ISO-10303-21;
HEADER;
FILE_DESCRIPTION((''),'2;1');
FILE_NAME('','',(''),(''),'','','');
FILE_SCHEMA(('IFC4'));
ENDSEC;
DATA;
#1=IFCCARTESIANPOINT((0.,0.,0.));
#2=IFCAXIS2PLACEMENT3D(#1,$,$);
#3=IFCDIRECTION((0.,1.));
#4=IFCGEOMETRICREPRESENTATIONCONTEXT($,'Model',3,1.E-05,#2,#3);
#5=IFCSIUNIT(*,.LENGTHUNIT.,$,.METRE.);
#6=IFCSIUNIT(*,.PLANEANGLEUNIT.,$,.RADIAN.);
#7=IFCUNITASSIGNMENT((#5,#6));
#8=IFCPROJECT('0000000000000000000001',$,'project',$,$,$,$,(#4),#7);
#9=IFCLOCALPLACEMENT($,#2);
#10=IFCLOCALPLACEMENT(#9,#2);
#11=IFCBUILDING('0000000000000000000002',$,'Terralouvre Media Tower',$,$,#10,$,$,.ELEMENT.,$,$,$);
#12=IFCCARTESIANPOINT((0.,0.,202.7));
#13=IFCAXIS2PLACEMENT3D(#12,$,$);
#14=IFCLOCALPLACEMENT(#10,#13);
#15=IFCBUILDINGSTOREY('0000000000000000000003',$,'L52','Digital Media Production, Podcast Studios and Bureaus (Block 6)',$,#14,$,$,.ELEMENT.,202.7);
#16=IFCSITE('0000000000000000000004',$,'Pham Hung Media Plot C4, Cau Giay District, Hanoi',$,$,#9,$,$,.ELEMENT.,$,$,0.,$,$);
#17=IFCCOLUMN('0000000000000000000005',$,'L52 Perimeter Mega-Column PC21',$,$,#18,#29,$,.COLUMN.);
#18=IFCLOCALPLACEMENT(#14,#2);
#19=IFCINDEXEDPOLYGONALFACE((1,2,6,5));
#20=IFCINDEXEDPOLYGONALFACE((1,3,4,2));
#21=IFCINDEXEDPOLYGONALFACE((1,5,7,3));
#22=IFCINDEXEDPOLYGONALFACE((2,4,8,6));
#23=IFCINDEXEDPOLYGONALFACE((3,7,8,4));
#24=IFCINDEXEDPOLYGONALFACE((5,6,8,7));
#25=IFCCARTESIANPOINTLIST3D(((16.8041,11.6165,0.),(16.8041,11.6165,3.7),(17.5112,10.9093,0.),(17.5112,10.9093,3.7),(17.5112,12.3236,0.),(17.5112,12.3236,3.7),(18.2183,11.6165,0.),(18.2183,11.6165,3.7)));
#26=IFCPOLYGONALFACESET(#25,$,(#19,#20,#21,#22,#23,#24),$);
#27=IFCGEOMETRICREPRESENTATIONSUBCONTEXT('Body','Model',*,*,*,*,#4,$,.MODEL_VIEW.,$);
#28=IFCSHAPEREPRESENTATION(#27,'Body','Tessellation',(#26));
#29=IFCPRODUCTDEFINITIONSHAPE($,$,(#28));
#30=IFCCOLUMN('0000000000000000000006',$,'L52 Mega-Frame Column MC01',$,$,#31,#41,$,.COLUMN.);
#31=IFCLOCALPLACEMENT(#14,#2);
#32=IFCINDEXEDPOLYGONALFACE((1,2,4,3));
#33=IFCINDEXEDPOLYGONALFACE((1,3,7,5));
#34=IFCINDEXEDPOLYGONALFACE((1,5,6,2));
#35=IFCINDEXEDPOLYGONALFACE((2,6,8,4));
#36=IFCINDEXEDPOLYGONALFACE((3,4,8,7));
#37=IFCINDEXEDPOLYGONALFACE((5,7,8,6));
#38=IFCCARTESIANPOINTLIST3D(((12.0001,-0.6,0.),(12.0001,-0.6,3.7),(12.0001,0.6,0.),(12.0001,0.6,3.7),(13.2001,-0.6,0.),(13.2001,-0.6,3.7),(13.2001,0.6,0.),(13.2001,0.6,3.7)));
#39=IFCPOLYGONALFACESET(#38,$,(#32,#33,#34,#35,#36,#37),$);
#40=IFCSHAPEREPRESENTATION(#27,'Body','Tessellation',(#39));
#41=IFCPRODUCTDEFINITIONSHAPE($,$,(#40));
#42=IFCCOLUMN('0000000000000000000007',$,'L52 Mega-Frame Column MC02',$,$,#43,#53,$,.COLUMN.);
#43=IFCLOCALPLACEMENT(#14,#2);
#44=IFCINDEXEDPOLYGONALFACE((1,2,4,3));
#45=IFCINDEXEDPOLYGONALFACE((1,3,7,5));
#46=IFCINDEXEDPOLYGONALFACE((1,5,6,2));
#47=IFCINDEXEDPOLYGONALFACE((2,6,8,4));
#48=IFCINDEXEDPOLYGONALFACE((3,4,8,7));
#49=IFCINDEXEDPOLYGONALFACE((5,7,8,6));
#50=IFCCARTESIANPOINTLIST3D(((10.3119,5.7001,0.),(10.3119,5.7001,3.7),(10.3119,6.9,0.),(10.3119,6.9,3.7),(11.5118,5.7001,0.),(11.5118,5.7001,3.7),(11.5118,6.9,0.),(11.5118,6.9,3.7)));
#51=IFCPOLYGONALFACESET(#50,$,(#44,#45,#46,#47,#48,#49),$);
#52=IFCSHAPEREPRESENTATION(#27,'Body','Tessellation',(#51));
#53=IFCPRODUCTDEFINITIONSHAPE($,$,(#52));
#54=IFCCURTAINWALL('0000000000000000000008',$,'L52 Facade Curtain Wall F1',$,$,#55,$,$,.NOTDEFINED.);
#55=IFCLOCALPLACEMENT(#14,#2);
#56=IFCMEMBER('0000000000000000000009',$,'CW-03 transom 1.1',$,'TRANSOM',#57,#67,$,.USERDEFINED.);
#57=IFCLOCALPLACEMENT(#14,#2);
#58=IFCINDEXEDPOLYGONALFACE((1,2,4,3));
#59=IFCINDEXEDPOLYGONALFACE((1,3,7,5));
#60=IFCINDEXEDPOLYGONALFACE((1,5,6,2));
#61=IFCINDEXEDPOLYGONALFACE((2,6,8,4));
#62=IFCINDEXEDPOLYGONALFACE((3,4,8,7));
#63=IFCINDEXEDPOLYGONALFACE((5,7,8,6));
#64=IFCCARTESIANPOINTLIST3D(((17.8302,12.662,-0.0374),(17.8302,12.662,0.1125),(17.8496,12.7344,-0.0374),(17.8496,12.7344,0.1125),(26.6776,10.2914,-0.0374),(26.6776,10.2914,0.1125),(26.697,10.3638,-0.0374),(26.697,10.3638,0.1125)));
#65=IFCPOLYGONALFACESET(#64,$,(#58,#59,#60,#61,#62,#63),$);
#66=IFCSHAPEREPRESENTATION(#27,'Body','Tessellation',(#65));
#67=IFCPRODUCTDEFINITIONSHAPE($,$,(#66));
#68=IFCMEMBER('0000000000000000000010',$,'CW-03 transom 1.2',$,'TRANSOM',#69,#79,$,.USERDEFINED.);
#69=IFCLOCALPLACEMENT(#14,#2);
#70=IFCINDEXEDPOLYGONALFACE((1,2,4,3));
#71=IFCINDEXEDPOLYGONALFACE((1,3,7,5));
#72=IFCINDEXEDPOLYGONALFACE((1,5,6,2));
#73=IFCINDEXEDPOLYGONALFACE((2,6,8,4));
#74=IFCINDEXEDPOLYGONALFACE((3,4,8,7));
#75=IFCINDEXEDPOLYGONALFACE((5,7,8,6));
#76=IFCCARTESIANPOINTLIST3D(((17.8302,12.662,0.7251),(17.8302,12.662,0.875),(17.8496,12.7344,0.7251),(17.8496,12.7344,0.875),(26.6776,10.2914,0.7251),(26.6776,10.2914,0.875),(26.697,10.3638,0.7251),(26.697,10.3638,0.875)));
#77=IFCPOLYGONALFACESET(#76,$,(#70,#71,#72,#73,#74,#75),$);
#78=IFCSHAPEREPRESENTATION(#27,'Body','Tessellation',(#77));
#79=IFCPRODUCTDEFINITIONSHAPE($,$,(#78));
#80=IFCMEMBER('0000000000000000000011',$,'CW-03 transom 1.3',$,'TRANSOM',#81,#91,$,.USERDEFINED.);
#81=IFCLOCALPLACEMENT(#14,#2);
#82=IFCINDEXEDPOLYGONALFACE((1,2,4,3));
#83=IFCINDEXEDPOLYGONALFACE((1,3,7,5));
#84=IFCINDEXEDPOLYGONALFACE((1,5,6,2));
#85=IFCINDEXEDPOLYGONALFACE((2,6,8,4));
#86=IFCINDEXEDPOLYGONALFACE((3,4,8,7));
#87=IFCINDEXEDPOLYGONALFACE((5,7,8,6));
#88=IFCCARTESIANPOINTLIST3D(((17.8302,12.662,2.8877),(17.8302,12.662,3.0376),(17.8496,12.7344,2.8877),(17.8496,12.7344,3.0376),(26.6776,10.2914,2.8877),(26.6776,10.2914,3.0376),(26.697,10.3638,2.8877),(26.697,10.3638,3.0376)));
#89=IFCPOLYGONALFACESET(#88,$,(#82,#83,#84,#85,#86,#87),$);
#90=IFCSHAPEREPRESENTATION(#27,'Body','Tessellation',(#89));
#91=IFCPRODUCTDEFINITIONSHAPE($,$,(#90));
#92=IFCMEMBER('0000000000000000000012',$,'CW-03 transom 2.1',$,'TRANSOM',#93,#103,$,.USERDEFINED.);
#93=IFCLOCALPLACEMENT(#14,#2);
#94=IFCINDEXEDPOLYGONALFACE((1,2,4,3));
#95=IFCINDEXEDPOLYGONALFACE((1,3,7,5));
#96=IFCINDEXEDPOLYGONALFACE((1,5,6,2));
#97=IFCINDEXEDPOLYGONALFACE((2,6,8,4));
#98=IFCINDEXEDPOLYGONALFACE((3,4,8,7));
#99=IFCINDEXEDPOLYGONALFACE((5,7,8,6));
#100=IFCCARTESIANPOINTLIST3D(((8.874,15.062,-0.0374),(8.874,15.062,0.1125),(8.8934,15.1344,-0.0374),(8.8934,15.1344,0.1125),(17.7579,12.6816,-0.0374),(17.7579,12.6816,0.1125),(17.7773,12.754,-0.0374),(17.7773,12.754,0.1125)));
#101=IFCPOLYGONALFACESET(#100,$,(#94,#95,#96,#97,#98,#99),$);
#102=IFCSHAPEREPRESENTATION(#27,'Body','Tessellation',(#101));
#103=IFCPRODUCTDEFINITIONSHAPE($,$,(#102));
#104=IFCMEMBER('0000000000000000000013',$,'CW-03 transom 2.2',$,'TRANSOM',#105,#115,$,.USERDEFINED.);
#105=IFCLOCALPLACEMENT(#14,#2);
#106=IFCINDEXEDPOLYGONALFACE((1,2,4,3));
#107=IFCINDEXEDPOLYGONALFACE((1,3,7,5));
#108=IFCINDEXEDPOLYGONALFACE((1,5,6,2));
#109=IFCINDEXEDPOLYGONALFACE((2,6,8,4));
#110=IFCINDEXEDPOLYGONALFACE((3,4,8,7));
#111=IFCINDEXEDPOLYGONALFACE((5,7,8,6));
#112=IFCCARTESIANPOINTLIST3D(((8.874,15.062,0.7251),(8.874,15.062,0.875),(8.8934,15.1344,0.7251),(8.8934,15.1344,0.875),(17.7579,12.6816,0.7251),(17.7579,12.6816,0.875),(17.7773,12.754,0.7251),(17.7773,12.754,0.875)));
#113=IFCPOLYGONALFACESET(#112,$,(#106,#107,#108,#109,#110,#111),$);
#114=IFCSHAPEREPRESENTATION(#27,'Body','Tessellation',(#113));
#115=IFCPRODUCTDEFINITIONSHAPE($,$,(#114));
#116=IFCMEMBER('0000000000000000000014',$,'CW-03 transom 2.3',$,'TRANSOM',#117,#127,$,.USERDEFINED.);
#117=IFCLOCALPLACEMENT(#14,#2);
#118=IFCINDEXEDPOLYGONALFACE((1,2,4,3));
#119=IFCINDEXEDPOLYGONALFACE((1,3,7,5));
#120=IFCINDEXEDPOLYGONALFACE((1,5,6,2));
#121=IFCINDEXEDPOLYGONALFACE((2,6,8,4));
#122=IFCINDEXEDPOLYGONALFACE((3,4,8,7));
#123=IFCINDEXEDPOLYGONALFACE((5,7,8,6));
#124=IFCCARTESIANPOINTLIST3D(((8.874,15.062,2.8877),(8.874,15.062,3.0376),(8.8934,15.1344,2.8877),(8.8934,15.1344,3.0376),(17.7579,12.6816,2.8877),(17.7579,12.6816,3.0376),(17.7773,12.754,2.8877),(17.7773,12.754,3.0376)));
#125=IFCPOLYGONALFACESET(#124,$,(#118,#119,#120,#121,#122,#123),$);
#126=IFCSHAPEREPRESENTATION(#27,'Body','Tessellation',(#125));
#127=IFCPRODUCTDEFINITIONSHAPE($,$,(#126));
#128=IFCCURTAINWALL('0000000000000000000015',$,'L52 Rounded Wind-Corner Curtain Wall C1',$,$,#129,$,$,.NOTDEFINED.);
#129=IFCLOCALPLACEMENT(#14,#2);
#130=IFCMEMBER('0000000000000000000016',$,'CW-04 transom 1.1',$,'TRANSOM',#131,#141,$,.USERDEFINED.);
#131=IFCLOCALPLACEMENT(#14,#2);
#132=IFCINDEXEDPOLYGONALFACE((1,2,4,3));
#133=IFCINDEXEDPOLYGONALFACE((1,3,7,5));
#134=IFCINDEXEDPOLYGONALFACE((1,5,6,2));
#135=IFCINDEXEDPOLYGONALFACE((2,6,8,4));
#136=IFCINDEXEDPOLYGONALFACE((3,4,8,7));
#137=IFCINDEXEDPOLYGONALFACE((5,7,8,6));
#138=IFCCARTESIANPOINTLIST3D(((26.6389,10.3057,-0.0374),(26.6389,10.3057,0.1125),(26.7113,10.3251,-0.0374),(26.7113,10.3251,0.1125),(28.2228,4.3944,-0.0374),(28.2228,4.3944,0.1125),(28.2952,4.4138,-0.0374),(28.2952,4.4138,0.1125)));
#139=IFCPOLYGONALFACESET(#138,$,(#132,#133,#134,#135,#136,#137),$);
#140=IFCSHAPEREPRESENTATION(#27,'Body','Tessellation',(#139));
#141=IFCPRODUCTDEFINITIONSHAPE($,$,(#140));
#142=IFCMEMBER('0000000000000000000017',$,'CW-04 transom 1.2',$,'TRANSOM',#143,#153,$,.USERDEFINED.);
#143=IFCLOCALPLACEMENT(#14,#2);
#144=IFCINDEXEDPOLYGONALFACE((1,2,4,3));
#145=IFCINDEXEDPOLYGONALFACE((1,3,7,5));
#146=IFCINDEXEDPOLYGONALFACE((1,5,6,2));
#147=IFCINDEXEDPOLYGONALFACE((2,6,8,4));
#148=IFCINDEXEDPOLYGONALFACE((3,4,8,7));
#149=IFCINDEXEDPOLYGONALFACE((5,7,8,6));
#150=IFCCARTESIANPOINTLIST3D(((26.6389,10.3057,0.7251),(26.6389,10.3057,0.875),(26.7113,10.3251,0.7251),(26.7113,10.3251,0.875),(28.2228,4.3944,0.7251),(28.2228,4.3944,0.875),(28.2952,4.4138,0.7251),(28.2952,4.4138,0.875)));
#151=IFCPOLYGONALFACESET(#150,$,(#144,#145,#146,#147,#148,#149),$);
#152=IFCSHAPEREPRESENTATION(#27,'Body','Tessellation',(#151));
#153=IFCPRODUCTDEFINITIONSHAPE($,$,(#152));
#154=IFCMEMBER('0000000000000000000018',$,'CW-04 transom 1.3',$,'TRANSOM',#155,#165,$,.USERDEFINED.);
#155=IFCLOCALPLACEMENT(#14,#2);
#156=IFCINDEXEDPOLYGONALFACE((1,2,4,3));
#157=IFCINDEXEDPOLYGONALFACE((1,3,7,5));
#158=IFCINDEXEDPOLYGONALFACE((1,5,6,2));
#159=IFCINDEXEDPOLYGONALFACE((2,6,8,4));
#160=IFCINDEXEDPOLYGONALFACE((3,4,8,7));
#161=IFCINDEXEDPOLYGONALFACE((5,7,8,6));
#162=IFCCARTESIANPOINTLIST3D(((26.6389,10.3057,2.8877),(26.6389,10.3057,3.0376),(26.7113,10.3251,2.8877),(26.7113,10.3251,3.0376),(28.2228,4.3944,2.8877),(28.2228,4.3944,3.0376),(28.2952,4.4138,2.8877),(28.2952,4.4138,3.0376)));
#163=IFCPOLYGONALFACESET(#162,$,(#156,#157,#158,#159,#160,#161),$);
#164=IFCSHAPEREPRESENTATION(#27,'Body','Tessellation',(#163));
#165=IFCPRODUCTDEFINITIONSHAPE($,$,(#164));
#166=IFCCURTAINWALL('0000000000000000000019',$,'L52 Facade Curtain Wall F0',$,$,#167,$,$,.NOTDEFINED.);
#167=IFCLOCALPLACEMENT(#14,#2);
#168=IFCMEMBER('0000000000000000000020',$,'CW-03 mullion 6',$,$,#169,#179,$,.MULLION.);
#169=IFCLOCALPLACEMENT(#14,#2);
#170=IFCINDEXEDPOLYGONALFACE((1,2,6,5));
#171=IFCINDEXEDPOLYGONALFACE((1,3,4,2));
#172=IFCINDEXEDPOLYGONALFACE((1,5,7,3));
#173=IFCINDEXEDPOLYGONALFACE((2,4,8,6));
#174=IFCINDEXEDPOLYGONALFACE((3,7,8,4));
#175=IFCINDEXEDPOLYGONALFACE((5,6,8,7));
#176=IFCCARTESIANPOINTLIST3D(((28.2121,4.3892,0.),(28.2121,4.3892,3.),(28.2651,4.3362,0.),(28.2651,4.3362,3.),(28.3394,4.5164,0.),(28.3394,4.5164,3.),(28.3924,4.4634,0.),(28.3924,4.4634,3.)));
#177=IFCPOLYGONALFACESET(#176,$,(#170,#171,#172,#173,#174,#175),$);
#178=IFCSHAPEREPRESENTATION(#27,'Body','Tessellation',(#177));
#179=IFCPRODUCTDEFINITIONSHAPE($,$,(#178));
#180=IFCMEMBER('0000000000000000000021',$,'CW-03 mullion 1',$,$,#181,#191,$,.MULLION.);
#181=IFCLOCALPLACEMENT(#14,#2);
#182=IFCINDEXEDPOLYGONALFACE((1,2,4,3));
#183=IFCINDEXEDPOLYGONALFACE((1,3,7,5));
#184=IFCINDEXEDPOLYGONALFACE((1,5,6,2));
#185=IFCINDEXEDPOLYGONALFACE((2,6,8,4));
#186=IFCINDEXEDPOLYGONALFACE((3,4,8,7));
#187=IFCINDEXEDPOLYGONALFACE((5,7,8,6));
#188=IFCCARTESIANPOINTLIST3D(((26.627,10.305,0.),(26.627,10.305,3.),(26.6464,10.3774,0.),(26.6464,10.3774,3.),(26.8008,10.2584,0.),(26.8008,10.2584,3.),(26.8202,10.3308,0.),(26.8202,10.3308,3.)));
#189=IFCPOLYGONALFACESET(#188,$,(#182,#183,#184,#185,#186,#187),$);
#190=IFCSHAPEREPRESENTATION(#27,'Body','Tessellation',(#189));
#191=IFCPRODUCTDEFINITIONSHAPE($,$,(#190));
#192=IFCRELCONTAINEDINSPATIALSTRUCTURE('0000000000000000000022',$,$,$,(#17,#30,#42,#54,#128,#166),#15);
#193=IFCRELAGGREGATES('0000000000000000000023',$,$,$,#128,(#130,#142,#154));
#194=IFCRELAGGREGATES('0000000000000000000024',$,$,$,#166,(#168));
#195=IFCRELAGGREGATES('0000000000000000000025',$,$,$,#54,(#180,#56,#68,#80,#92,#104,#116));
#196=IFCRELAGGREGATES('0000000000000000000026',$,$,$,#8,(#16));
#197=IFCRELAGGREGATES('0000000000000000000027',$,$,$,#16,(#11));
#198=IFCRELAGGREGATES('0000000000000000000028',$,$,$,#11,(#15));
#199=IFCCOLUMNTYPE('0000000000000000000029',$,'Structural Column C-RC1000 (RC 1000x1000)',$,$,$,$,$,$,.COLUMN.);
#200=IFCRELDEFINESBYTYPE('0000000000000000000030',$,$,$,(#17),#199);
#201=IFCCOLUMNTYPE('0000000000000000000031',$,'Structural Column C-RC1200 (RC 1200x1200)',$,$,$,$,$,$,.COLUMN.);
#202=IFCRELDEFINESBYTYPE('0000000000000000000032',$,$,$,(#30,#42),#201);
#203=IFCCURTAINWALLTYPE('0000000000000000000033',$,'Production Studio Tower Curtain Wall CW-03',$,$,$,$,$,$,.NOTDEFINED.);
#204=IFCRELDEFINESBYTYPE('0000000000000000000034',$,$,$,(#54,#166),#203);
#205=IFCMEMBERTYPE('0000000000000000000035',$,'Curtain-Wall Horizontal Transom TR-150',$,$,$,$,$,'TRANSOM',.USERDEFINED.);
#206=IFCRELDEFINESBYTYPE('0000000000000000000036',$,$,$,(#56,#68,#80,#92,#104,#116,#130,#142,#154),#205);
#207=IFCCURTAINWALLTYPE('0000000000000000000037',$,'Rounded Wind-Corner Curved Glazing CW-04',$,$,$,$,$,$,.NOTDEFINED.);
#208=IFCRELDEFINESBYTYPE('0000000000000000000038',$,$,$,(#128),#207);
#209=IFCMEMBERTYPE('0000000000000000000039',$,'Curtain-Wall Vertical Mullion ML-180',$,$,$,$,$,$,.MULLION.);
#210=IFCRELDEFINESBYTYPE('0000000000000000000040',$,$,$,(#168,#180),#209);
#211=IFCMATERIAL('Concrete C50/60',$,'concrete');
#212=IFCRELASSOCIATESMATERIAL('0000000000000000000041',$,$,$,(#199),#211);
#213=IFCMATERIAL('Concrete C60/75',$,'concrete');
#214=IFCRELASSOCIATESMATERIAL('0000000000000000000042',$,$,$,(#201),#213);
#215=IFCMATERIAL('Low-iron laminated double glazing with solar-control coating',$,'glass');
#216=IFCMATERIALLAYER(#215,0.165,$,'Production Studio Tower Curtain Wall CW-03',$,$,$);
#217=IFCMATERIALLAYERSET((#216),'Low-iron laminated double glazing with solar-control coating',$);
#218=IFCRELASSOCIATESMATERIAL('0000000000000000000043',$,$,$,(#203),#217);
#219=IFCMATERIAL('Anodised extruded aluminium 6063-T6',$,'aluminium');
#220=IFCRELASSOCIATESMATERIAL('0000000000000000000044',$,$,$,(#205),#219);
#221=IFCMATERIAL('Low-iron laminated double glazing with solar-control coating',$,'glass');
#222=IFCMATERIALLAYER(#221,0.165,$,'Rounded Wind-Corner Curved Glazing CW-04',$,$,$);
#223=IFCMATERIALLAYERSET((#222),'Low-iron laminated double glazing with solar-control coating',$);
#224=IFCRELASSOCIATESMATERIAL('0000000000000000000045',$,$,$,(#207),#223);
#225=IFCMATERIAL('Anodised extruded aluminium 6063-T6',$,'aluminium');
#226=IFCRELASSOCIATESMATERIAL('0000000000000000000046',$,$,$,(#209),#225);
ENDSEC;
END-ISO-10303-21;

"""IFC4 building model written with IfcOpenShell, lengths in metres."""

from ifc_helpers import new_model, si_unit, direction, frame, origin, origin_2d, place, context, subcontext, project, spatial, rectangle, extrude, material, layer, layer_set, material_profile, profile_set, type_object, element, aggregate, save


model = new_model("IFC4")

# Units and contexts
model_context = context("Model", 3, precision=1e-05, world=origin(), true_north=direction((0.0, 1.0)))
body_context = subcontext(model_context, "Body", "Model", "MODEL_VIEW")
ifc_project = project(units=[si_unit("LENGTHUNIT", "METRE"), si_unit("PLANEANGLEUNIT", "RADIAN")], contexts=[model_context])

# Site, building, storey
site_placement = place(None, origin())
site = spatial("IfcSite", under=ifc_project, at=site_placement, Name="Pham Hung Media Plot C4, Cau Giay District, Hanoi", CompositionType="ELEMENT", RefElevation=0.0)
building_placement = place(site_placement, origin())
building = spatial("IfcBuilding", under=site, at=building_placement, Name="Terralouvre Media Tower", CompositionType="ELEMENT")
storey_placement = place(building_placement, frame((0.0, 0.0, 202.7)))
storey = spatial("IfcBuildingStorey", under=building, at=storey_placement, Name="L52", Description="Digital Media Production, Podcast Studios and Bureaus (Block 6)", CompositionType="ELEMENT", Elevation=202.7)

# Columns
ifc_material_1 = material(Name="Concrete C50/60", Category="concrete")
ifc_material_profile_1 = material_profile(ifc_material_1, rectangle(XDim=1.0, YDim=1.0, at=origin_2d()), Name="RC 1000x1000")
ifc_profile_set_1 = profile_set([ifc_material_profile_1], Name="Concrete C50/60")
column_type_1 = type_object("IfcColumnType", Name="Structural Column C-RC1000 (RC 1000x1000)", PredefinedType="COLUMN", material=ifc_profile_set_1)
column_placement = place(storey_placement, frame((17.5112, 11.6165, 0.0), z_axis=(0.0, 0.0, 1.0), x_axis=(0.707107, 0.707107, 0.0)))
element("IfcColumn", 1, at=column_placement, inside=storey, type_object=column_type_1, Name="L52 Perimeter Mega-Column PC21", PredefinedType="COLUMN", context=body_context, shape_type="SweptSolid", body=[
    extrude(rectangle(XDim=1.0, YDim=1.0, at=origin_2d()), origin(), (0.0, 0.0, 1.0), 3.7),
])
ifc_material_2 = material(Name="Concrete C60/75", Category="concrete")
ifc_material_profile_2 = material_profile(ifc_material_2, rectangle(XDim=1.2, YDim=1.2, at=origin_2d()), Name="RC 1200x1200")
ifc_profile_set_2 = profile_set([ifc_material_profile_2], Name="Concrete C60/75")
column_type_2 = type_object("IfcColumnType", Name="Structural Column C-RC1200 (RC 1200x1200)", PredefinedType="COLUMN", material=ifc_profile_set_2)
for number, where, z_axis, x_axis, name in (
    (2, (12.6001, 0.0, 0.0), (0.0, 0.0, 1.0), (1.0, 0.0, 0.0), "L52 Mega-Frame Column MC01"),
    (3, (10.9119, 6.3, 0.0), (0.0, 0.0, 1.0), (1.0, 0.0, 0.0), "L52 Mega-Frame Column MC02"),
):
    element("IfcColumn", number, at=place(storey_placement, frame(where, z_axis=z_axis, x_axis=x_axis)), inside=storey, type_object=column_type_2, Name=name, PredefinedType="COLUMN", context=body_context, shape_type="SweptSolid", body=[
        extrude(rectangle(XDim=1.2, YDim=1.2, at=origin_2d()), origin(), (0.0, 0.0, 1.0), 3.7),
    ])

# Curtain walls, members
ifc_material_3 = material(Name="Low-iron laminated double glazing with solar-control coating", Category="glass")
ifc_layer_1 = layer(ifc_material_3, 0.165, Name="Production Studio Tower Curtain Wall CW-03")
ifc_layer_set_1 = layer_set([ifc_layer_1], Name="Low-iron laminated double glazing with solar-control coating")
curtain_wall_type_1 = type_object("IfcCurtainWallType", Name="Production Studio Tower Curtain Wall CW-03", PredefinedType="NOTDEFINED", material=ifc_layer_set_1)
curtain_wall_1_placement = place(storey_placement, origin())
curtain_wall_1 = element("IfcCurtainWall", 4, at=curtain_wall_1_placement, inside=storey, type_object=curtain_wall_type_1, Name="L52 Facade Curtain Wall F1", PredefinedType="NOTDEFINED")
ifc_material_4 = material(Name="Anodised extruded aluminium 6063-T6", Category="aluminium")
ifc_material_profile_3 = material_profile(ifc_material_4, rectangle(XDim=0.075, YDim=0.1499, at=origin_2d()), Name="ALU 75x150")
ifc_profile_set_3 = profile_set([ifc_material_profile_3], Name="Anodised extruded aluminium 6063-T6")
member_type_1 = type_object("IfcMemberType", Name="Curtain-Wall Horizontal Transom TR-150", ElementType="TRANSOM", PredefinedType="USERDEFINED", material=ifc_profile_set_3)
member_1_placement = place(storey_placement, frame((26.6873, 10.3276, 0.0376), z_axis=(-0.965927, 0.258814, 0.0), x_axis=(-0.258814, -0.965927, 0.0)))
member_1 = element("IfcMember", 5, at=member_1_placement, type_object=member_type_1, Name="CW-03 transom 1.1", ObjectType="TRANSOM", PredefinedType="USERDEFINED", context=body_context, shape_type="SweptSolid", body=[
    extrude(rectangle(XDim=0.075, YDim=0.1499, at=origin_2d()), origin(), (0.0, 0.0, 1.0), 9.1594),
])
member_2_placement = place(storey_placement, frame((26.6873, 10.3276, 0.8), z_axis=(-0.965927, 0.258814, 0.0), x_axis=(-0.258814, -0.965927, 0.0)))
member_2 = element("IfcMember", 6, at=member_2_placement, type_object=member_type_1, Name="CW-03 transom 1.2", ObjectType="TRANSOM", PredefinedType="USERDEFINED", context=body_context, shape_type="SweptSolid", body=[
    extrude(rectangle(XDim=0.075, YDim=0.1499, at=origin_2d()), origin(), (0.0, 0.0, 1.0), 9.1594),
])
member_3_placement = place(storey_placement, frame((26.6873, 10.3276, 2.9626), z_axis=(-0.965927, 0.258814, 0.0), x_axis=(-0.258814, -0.965927, 0.0)))
member_3 = element("IfcMember", 7, at=member_3_placement, type_object=member_type_1, Name="CW-03 transom 1.3", ObjectType="TRANSOM", PredefinedType="USERDEFINED", context=body_context, shape_type="SweptSolid", body=[
    extrude(rectangle(XDim=0.075, YDim=0.1499, at=origin_2d()), origin(), (0.0, 0.0, 1.0), 9.1594),
])
member_4_placement = place(storey_placement, frame((17.7676, 12.7178, 0.0376), z_axis=(-0.965927, 0.258816, 0.0), x_axis=(-0.258816, -0.965927, 0.0)))
member_4 = element("IfcMember", 8, at=member_4_placement, type_object=member_type_1, Name="CW-03 transom 2.1", ObjectType="TRANSOM", PredefinedType="USERDEFINED", context=body_context, shape_type="SweptSolid", body=[
    extrude(rectangle(XDim=0.075, YDim=0.1499, at=origin_2d()), origin(), (0.0, 0.0, 1.0), 9.1973),
])
member_5_placement = place(storey_placement, frame((17.7676, 12.7178, 0.8), z_axis=(-0.965927, 0.258816, 0.0), x_axis=(-0.258816, -0.965927, 0.0)))
member_5 = element("IfcMember", 9, at=member_5_placement, type_object=member_type_1, Name="CW-03 transom 2.2", ObjectType="TRANSOM", PredefinedType="USERDEFINED", context=body_context, shape_type="SweptSolid", body=[
    extrude(rectangle(XDim=0.075, YDim=0.1499, at=origin_2d()), origin(), (0.0, 0.0, 1.0), 9.1973),
])
member_6_placement = place(storey_placement, frame((17.7676, 12.7178, 2.9626), z_axis=(-0.965927, 0.258816, 0.0), x_axis=(-0.258816, -0.965927, 0.0)))
member_6 = element("IfcMember", 10, at=member_6_placement, type_object=member_type_1, Name="CW-03 transom 2.3", ObjectType="TRANSOM", PredefinedType="USERDEFINED", context=body_context, shape_type="SweptSolid", body=[
    extrude(rectangle(XDim=0.075, YDim=0.1499, at=origin_2d()), origin(), (0.0, 0.0, 1.0), 9.1973),
])
ifc_material_5 = material(Name="Low-iron laminated double glazing with solar-control coating", Category="glass")
ifc_layer_2 = layer(ifc_material_5, 0.165, Name="Rounded Wind-Corner Curved Glazing CW-04")
ifc_layer_set_2 = layer_set([ifc_layer_2], Name="Low-iron laminated double glazing with solar-control coating")
curtain_wall_type_2 = type_object("IfcCurtainWallType", Name="Rounded Wind-Corner Curved Glazing CW-04", PredefinedType="NOTDEFINED", material=ifc_layer_set_2)
curtain_wall_2_placement = place(storey_placement, origin())
curtain_wall_2 = element("IfcCurtainWall", 11, at=curtain_wall_2_placement, inside=storey, type_object=curtain_wall_type_2, Name="L52 Rounded Wind-Corner Curtain Wall C1", PredefinedType="NOTDEFINED")
member_7_placement = place(storey_placement, frame((28.259, 4.4041, 0.0376), z_axis=(-0.258824, 0.965924, 0.0), x_axis=(-0.965924, -0.258824, 0.0)))
member_7 = element("IfcMember", 12, at=member_7_placement, type_object=member_type_1, Name="CW-04 transom 1.1", ObjectType="TRANSOM", PredefinedType="USERDEFINED", context=body_context, shape_type="SweptSolid", body=[
    extrude(rectangle(XDim=0.075, YDim=0.1499, at=origin_2d()), origin(), (0.0, 0.0, 1.0), 6.1199),
])
member_8_placement = place(storey_placement, frame((28.259, 4.4041, 0.8), z_axis=(-0.258824, 0.965924, 0.0), x_axis=(-0.965924, -0.258824, 0.0)))
member_8 = element("IfcMember", 13, at=member_8_placement, type_object=member_type_1, Name="CW-04 transom 1.2", ObjectType="TRANSOM", PredefinedType="USERDEFINED", context=body_context, shape_type="SweptSolid", body=[
    extrude(rectangle(XDim=0.075, YDim=0.1499, at=origin_2d()), origin(), (0.0, 0.0, 1.0), 6.1199),
])
member_9_placement = place(storey_placement, frame((28.259, 4.4041, 2.9626), z_axis=(-0.258824, 0.965924, 0.0), x_axis=(-0.965924, -0.258824, 0.0)))
member_9 = element("IfcMember", 14, at=member_9_placement, type_object=member_type_1, Name="CW-04 transom 1.3", ObjectType="TRANSOM", PredefinedType="USERDEFINED", context=body_context, shape_type="SweptSolid", body=[
    extrude(rectangle(XDim=0.075, YDim=0.1499, at=origin_2d()), origin(), (0.0, 0.0, 1.0), 6.1199),
])

# Curtain wall, member
curtain_wall_3_placement = place(storey_placement, origin())
curtain_wall_3 = element("IfcCurtainWall", 15, at=curtain_wall_3_placement, inside=storey, type_object=curtain_wall_type_1, Name="L52 Facade Curtain Wall F0", PredefinedType="NOTDEFINED")
ifc_material_6 = material(Name="Anodised extruded aluminium 6063-T6", Category="aluminium")
ifc_material_profile_4 = material_profile(ifc_material_6, rectangle(XDim=0.075, YDim=0.1799, at=origin_2d()), Name="ALU 75x180")
ifc_profile_set_4 = profile_set([ifc_material_profile_4], Name="Anodised extruded aluminium 6063-T6")
member_type_2 = type_object("IfcMemberType", Name="Curtain-Wall Vertical Mullion ML-180", PredefinedType="MULLION", material=ifc_profile_set_4)
member_10_placement = place(storey_placement, frame((28.3022, 4.4263, 0.0), z_axis=(0.0, 0.0, 1.0), x_axis=(-0.707107, 0.707107, 0.0)))
member_10 = element("IfcMember", 16, at=member_10_placement, type_object=member_type_2, Name="CW-03 mullion 6", PredefinedType="MULLION", context=body_context, shape_type="SweptSolid", body=[
    extrude(rectangle(XDim=0.075, YDim=0.1799, at=origin_2d()), origin(), (0.0, 0.0, 1.0), 3.0),
])

# Member
member_11_placement = place(storey_placement, frame((26.7236, 10.3179, 0.0), z_axis=(0.0, 0.0, 1.0), x_axis=(-0.258819, -0.965926, 0.0)))
member_11 = element("IfcMember", 17, at=member_11_placement, type_object=member_type_2, Name="CW-03 mullion 1", PredefinedType="MULLION", context=body_context, shape_type="SweptSolid", body=[
    extrude(rectangle(XDim=0.075, YDim=0.1799, at=origin_2d()), origin(), (0.0, 0.0, 1.0), 3.0),
])

aggregate(curtain_wall_2, [member_7, member_8, member_9])
aggregate(curtain_wall_3, [member_10])
aggregate(curtain_wall_1, [member_11, member_1, member_2, member_3, member_4, member_5, member_6])

save(model, "model.ifc")
